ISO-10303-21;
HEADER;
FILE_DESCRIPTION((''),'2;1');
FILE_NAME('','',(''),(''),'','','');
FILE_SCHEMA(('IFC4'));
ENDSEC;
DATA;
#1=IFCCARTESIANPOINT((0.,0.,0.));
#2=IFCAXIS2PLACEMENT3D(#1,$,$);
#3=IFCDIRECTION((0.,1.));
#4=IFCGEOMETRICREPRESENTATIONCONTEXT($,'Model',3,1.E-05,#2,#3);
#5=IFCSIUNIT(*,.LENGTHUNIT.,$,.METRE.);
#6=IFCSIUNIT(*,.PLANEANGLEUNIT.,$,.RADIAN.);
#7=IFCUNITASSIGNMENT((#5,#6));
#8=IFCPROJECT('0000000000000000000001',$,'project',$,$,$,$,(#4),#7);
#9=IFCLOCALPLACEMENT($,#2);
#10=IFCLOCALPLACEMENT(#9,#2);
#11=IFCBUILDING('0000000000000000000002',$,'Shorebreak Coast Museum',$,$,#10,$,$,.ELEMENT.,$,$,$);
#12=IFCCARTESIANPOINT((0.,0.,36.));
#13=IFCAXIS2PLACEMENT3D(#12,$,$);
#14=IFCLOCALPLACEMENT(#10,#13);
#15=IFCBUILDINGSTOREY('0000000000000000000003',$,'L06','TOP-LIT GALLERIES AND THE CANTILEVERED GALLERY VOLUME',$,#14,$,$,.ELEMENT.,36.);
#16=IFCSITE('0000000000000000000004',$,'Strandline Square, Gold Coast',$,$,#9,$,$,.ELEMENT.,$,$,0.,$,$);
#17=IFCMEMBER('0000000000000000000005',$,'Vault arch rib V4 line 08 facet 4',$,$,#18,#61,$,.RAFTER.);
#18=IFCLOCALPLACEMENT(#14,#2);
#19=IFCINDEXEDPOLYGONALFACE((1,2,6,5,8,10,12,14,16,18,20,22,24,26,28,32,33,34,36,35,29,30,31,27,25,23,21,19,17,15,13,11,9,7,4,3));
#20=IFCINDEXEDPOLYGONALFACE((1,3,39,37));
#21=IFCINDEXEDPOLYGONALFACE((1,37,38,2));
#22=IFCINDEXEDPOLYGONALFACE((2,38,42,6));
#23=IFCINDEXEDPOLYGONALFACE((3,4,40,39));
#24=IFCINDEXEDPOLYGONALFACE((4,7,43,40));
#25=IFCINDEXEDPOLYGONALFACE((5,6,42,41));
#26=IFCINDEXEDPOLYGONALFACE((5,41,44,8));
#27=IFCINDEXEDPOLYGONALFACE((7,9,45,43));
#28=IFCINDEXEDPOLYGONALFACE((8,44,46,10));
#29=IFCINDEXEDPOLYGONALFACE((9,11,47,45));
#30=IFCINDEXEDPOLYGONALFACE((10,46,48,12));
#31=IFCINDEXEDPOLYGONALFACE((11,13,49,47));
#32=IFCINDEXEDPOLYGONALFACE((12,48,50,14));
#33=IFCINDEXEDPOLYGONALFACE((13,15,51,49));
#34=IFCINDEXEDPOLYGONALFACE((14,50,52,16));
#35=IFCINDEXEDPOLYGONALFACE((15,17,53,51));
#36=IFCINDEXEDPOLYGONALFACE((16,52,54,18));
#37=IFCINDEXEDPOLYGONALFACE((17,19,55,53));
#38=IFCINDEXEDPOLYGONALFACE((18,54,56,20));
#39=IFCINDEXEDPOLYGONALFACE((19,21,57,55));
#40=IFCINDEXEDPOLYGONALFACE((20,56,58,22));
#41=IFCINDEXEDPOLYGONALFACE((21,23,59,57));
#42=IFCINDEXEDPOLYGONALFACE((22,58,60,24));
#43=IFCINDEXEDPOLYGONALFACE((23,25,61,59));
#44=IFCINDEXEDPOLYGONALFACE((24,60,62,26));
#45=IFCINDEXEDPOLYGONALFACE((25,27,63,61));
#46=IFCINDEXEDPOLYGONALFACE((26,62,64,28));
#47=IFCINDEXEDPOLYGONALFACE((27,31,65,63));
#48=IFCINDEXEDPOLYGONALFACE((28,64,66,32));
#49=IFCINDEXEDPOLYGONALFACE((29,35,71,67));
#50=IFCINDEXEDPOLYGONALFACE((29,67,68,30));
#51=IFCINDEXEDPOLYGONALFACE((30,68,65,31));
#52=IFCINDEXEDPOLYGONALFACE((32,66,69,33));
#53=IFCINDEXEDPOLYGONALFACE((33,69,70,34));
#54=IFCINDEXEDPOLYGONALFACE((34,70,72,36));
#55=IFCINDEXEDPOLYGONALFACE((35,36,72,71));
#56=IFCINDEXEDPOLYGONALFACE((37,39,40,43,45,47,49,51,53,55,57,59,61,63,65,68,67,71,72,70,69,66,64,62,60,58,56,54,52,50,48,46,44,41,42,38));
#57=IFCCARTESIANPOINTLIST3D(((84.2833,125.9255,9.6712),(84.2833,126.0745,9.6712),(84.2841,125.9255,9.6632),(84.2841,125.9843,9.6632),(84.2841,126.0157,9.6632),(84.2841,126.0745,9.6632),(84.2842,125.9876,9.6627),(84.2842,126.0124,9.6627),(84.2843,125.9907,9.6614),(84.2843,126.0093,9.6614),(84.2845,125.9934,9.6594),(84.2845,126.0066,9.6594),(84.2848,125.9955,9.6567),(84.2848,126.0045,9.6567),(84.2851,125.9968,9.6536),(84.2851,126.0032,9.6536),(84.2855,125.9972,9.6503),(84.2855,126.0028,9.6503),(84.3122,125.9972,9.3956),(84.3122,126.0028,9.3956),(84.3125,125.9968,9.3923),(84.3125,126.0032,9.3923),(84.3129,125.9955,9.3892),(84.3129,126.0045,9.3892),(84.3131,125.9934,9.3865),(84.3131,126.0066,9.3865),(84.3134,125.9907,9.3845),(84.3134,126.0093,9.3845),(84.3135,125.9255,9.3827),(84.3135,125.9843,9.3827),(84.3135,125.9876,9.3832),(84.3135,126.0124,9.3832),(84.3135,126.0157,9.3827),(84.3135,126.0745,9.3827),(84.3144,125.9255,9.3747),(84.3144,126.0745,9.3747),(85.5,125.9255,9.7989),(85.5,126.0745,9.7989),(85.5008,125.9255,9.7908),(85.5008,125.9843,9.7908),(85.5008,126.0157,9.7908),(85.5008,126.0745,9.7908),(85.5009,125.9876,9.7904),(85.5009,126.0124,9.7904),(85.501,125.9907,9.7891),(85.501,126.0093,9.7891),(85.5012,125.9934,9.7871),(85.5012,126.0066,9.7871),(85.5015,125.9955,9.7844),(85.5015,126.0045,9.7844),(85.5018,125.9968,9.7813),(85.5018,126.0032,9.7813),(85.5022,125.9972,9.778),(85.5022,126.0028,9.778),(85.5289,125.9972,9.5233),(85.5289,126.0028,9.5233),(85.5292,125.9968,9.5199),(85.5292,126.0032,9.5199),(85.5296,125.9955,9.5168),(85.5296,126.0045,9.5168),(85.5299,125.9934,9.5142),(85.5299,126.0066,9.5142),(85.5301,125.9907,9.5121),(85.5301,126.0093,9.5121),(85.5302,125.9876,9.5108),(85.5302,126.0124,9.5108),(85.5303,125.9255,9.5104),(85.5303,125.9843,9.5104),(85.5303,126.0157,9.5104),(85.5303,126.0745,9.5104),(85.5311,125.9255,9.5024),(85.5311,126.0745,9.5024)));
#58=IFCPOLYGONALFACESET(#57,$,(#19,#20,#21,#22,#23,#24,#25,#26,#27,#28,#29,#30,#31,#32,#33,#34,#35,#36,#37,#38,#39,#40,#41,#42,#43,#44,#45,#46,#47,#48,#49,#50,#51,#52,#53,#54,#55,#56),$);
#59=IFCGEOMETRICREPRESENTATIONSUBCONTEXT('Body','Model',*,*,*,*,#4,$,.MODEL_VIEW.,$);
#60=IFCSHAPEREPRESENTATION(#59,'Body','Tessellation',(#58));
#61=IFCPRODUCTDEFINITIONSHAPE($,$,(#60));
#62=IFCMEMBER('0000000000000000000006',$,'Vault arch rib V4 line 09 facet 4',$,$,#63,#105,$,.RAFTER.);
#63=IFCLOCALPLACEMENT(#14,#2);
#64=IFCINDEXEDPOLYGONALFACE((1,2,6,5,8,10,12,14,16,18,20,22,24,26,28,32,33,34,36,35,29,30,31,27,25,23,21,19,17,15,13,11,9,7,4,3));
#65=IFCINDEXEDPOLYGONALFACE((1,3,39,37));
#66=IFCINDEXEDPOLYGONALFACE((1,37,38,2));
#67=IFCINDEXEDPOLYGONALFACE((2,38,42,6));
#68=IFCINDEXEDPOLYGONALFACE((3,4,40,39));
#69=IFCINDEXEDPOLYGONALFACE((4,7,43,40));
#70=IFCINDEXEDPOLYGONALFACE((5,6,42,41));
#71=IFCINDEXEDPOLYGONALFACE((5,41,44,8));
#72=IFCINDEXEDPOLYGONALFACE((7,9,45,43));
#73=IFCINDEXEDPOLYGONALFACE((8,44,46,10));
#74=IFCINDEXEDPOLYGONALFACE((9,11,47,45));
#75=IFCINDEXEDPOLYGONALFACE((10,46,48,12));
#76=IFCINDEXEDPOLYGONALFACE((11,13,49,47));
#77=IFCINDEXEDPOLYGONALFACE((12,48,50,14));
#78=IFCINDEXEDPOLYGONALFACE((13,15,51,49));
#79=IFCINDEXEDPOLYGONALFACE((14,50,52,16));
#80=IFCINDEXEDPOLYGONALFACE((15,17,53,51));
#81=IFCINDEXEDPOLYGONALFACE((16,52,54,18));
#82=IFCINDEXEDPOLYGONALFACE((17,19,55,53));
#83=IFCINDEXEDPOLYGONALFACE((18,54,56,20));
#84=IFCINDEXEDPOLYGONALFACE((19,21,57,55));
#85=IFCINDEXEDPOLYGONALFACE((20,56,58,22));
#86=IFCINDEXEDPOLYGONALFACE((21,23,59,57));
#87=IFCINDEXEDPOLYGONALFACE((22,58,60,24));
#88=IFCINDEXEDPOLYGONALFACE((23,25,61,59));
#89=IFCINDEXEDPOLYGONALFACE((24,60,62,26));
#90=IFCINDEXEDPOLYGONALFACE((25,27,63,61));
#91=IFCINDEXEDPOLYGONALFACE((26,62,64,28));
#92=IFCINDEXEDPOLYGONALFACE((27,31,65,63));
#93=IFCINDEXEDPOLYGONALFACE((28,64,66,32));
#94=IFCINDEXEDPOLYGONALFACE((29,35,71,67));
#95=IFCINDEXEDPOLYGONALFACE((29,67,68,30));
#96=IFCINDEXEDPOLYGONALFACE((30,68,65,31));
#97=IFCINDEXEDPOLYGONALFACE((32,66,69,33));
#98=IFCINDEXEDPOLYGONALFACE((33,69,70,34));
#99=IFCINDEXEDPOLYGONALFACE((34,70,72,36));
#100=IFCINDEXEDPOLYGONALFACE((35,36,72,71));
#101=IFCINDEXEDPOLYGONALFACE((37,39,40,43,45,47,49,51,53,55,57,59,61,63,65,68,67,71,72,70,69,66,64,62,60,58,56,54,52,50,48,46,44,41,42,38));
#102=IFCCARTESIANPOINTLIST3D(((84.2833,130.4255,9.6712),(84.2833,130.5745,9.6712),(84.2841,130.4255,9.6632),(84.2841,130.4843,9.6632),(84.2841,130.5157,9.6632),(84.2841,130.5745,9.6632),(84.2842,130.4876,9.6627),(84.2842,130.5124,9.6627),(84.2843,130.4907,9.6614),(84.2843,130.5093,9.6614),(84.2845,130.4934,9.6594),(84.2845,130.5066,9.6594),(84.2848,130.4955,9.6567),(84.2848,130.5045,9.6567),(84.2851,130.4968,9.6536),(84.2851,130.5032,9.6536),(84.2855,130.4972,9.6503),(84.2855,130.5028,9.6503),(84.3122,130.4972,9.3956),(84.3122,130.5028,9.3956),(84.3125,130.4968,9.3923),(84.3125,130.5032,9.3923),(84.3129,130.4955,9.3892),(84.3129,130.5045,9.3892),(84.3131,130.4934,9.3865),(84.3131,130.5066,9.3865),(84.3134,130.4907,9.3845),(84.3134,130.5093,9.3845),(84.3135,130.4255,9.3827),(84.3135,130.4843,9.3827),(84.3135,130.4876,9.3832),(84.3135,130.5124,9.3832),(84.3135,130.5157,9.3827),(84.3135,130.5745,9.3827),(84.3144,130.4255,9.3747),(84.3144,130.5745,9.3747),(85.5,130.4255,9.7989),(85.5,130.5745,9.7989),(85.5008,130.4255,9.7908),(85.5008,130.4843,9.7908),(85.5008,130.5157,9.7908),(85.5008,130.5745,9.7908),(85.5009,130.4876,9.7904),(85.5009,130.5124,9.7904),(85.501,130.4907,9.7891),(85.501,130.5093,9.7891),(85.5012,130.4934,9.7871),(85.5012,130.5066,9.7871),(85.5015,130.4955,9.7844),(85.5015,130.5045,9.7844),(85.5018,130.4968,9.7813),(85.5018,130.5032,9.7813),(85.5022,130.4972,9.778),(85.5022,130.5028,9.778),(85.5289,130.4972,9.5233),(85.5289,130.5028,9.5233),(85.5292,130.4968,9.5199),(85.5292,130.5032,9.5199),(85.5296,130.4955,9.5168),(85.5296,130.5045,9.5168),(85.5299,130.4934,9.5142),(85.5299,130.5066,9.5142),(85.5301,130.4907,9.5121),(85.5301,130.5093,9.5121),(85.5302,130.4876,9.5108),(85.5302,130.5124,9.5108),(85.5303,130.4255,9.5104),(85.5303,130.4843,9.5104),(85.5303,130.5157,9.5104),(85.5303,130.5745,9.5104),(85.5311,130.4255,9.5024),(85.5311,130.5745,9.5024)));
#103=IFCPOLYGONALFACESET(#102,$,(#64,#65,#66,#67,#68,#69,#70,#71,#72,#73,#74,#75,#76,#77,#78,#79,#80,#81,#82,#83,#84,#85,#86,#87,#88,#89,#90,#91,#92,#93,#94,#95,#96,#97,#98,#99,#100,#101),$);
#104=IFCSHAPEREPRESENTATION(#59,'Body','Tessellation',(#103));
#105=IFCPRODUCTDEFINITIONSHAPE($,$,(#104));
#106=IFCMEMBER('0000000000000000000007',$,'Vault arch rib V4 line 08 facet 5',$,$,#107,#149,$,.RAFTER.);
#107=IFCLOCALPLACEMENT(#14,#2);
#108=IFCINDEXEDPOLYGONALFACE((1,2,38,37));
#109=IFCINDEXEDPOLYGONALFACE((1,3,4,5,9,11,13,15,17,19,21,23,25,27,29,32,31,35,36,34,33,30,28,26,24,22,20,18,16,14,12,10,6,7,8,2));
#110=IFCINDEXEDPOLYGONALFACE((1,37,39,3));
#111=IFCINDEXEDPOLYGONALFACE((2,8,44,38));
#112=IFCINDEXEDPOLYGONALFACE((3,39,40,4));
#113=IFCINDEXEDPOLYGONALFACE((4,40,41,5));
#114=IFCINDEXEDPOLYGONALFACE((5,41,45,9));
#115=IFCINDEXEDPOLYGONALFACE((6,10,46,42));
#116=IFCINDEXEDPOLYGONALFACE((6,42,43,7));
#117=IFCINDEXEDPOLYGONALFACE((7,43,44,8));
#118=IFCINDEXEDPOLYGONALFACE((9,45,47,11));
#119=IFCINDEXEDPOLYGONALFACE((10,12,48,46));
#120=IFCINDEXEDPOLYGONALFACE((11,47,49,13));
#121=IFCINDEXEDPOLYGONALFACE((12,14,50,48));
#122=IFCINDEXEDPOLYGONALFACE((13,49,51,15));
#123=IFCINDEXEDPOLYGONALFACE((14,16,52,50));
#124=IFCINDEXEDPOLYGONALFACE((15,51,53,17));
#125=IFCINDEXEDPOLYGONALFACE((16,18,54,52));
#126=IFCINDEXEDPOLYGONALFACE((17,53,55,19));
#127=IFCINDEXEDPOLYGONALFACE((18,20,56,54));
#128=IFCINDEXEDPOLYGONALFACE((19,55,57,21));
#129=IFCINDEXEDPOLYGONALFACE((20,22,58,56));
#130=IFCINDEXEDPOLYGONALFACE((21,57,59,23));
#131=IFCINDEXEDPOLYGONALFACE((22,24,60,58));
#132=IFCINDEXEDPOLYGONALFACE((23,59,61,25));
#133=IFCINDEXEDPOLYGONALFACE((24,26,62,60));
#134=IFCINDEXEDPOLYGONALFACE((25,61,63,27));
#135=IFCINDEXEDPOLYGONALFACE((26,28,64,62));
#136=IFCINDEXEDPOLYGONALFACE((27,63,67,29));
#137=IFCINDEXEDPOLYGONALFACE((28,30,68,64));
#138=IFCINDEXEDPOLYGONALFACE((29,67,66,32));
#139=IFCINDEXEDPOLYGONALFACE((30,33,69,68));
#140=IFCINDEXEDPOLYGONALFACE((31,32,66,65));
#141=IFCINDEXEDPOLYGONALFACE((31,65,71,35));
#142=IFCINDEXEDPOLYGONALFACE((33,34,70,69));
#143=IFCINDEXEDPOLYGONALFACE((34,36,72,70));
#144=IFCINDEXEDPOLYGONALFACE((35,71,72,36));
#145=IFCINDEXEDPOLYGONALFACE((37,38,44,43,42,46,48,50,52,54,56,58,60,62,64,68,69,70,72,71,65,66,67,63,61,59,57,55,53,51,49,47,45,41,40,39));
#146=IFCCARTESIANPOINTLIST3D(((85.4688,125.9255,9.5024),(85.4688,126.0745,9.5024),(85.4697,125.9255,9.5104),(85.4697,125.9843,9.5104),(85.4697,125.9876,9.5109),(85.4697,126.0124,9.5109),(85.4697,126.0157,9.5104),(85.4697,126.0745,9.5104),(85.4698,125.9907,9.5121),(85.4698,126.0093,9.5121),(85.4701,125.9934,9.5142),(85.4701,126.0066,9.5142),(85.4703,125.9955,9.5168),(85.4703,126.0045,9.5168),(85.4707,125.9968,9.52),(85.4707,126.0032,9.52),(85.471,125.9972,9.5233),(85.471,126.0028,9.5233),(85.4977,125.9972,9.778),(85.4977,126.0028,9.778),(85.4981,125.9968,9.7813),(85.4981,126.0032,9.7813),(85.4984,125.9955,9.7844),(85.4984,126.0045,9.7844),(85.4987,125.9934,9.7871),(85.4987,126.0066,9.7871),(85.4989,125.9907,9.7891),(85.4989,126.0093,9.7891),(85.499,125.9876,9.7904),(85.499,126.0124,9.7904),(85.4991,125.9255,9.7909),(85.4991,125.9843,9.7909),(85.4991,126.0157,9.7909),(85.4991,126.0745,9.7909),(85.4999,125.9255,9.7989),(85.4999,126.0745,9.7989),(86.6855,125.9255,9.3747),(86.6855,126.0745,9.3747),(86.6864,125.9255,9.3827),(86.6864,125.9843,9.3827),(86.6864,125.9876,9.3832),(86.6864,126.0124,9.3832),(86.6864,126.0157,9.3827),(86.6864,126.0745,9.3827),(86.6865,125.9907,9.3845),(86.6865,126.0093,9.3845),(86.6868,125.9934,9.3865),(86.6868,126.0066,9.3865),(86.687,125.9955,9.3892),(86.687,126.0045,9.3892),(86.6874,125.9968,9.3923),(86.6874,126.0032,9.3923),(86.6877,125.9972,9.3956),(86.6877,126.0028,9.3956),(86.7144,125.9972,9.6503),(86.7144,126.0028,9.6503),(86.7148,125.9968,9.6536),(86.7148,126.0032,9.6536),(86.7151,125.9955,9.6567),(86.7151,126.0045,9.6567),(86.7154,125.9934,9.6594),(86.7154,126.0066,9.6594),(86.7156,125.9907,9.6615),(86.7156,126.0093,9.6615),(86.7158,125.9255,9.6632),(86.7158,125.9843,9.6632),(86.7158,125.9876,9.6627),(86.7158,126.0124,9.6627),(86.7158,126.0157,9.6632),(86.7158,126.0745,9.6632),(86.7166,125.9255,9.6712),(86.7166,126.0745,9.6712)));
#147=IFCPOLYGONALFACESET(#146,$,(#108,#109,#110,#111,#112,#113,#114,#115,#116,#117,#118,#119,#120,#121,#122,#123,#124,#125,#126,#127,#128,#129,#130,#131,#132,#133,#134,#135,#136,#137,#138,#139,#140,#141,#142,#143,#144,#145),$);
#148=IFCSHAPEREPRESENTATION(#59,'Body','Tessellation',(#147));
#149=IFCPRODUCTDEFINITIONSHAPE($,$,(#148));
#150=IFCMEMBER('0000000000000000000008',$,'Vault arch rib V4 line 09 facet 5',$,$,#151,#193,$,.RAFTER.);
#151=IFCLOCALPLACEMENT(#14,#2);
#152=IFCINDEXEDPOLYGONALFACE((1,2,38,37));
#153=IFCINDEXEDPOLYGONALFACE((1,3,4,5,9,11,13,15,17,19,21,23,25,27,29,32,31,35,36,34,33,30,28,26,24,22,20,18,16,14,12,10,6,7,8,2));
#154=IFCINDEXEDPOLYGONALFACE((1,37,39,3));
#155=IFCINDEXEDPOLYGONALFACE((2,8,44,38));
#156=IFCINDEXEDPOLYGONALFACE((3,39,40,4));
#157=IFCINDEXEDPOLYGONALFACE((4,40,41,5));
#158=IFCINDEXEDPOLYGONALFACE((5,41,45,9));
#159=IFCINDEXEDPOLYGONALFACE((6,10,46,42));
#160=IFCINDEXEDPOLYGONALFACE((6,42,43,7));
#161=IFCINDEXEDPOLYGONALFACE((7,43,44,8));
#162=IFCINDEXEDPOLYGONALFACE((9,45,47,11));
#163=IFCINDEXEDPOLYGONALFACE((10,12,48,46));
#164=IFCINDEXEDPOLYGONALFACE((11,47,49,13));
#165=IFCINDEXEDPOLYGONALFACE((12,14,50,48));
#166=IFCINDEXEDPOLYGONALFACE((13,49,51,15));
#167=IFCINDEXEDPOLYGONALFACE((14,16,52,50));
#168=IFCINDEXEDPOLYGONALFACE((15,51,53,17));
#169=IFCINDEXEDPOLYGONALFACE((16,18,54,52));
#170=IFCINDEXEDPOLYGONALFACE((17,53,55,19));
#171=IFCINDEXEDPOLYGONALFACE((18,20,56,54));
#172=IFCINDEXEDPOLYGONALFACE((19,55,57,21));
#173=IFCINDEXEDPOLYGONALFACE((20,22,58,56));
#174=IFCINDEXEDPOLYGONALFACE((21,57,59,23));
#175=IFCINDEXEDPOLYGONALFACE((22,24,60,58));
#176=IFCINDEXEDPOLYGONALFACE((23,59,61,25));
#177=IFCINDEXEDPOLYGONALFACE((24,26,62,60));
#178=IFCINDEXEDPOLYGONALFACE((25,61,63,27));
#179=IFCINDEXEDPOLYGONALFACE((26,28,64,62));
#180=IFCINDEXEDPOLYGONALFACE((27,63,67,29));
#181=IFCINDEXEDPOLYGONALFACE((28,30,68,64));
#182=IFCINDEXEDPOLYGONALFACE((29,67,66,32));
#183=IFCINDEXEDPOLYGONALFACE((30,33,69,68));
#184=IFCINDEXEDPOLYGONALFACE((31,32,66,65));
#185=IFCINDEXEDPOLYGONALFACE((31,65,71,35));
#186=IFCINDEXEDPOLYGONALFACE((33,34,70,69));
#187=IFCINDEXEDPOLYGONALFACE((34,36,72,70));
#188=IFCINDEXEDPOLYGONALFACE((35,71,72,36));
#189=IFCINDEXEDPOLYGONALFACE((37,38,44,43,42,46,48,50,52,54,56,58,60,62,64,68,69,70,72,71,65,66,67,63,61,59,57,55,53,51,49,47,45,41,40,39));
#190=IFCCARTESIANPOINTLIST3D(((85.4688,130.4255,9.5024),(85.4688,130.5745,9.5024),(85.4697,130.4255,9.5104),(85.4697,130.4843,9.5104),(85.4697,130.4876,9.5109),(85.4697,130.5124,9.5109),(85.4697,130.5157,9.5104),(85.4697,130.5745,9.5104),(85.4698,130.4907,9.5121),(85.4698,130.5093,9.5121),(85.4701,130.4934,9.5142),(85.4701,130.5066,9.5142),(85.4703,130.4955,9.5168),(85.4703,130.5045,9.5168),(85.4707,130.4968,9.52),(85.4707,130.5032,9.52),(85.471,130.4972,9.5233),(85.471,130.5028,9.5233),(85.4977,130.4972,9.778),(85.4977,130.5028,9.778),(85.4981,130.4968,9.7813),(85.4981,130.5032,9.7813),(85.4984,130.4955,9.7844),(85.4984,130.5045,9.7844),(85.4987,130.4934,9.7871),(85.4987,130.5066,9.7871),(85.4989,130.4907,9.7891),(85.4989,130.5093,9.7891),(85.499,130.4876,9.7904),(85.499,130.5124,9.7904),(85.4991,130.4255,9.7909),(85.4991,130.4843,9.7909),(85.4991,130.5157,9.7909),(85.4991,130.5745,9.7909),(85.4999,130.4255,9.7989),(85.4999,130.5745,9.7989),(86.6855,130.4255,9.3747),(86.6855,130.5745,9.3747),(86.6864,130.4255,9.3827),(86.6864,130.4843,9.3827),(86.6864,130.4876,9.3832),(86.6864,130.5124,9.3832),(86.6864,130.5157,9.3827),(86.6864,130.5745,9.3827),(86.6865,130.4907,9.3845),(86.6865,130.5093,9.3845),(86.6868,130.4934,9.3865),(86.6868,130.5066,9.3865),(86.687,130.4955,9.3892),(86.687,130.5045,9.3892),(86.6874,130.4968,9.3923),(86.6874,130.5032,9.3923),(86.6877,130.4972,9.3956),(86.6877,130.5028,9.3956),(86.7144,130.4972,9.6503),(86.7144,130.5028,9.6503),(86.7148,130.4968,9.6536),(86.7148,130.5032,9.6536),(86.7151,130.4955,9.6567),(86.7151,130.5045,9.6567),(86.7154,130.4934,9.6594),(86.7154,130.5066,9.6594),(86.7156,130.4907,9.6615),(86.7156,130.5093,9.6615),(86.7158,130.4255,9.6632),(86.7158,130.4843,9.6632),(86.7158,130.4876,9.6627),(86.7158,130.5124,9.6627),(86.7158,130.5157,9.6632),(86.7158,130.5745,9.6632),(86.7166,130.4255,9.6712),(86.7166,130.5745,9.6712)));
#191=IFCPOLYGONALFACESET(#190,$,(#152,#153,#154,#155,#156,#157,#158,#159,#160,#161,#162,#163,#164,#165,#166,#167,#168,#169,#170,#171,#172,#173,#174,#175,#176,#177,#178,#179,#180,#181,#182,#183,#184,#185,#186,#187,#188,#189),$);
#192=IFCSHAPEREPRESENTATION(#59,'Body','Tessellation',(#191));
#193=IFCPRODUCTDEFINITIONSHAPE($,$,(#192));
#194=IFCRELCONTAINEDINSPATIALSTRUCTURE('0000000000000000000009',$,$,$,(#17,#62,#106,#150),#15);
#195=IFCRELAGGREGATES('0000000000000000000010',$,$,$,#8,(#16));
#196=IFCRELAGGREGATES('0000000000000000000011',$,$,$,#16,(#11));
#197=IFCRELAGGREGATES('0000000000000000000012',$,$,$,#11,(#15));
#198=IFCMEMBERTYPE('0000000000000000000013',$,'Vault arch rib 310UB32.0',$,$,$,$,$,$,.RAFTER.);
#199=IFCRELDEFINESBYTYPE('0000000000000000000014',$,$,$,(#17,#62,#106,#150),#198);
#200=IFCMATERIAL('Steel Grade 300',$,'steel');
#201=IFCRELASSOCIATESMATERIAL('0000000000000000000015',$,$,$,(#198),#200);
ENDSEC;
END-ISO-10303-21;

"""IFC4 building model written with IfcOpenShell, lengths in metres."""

from ifc_helpers import new_model, si_unit, direction, frame, origin, origin_2d, place, context, subcontext, project, spatial, i_section, extrude, material, material_profile, profile_set, type_object, element, save


model = new_model("IFC4")

# Units and contexts
model_context = context("Model", 3, precision=1e-05, world=origin(), true_north=direction((0.0, 1.0)))
body_context = subcontext(model_context, "Body", "Model", "MODEL_VIEW")
ifc_project = project(units=[si_unit("LENGTHUNIT", "METRE"), si_unit("PLANEANGLEUNIT", "RADIAN")], contexts=[model_context])

# Site, building, storey
site_placement = place(None, origin())
site = spatial("IfcSite", under=ifc_project, at=site_placement, Name="Strandline Square, Gold Coast", CompositionType="ELEMENT", RefElevation=0.0)
building_placement = place(site_placement, origin())
building = spatial("IfcBuilding", under=site, at=building_placement, Name="Shorebreak Coast Museum", CompositionType="ELEMENT")
storey_placement = place(building_placement, frame((0.0, 0.0, 36.0)))
storey = spatial("IfcBuildingStorey", under=building, at=storey_placement, Name="L06", Description="TOP-LIT GALLERIES AND THE CANTILEVERED GALLERY VOLUME", CompositionType="ELEMENT", Elevation=36.0)

# Members
ifc_material_1 = material(Name="Steel Grade 300", Category="steel")
ifc_material_profile_1 = material_profile(ifc_material_1, i_section(OverallWidth=0.1489, OverallDepth=0.2981, WebThickness=0.0056, FlangeThickness=0.0081, FilletRadius=0.0129, at=origin_2d()), Name="310UB32.0")
ifc_profile_set_1 = profile_set([ifc_material_profile_1], Name="Steel Grade 300")
member_type_1 = type_object("IfcMemberType", Name="Vault arch rib 310UB32.0", PredefinedType="RAFTER", material=ifc_profile_set_1)
for number, where, z_axis, x_axis, name in (
    (1, (84.2988, 126.0, 9.5229), (0.994539, 0.0, 0.104363), (0.0, 1.0, 0.0), "Vault arch rib V4 line 08 facet 4"),
    (2, (84.2988, 130.5, 9.5229), (0.994539, 0.0, 0.104363), (0.0, 1.0, 0.0), "Vault arch rib V4 line 09 facet 4"),
    (3, (85.4844, 126.0, 9.6506), (0.994539, 0.0, -0.104363), (0.0, 1.0, 0.0), "Vault arch rib V4 line 08 facet 5"),
    (4, (85.4844, 130.5, 9.6506), (0.994539, 0.0, -0.104363), (0.0, 1.0, 0.0), "Vault arch rib V4 line 09 facet 5"),
):
    element("IfcMember", number, at=place(storey_placement, frame(where, z_axis=z_axis, x_axis=x_axis)), inside=storey, type_object=member_type_1, Name=name, PredefinedType="RAFTER", context=body_context, shape_type="SweptSolid", body=[
        extrude(i_section(OverallWidth=0.1489, OverallDepth=0.2981, WebThickness=0.0056, FlangeThickness=0.0081, FilletRadius=0.0129, at=origin_2d()), origin(), (0.0, 0.0, 1.0), 1.2234),
    ])

save(model, "model.ifc")
